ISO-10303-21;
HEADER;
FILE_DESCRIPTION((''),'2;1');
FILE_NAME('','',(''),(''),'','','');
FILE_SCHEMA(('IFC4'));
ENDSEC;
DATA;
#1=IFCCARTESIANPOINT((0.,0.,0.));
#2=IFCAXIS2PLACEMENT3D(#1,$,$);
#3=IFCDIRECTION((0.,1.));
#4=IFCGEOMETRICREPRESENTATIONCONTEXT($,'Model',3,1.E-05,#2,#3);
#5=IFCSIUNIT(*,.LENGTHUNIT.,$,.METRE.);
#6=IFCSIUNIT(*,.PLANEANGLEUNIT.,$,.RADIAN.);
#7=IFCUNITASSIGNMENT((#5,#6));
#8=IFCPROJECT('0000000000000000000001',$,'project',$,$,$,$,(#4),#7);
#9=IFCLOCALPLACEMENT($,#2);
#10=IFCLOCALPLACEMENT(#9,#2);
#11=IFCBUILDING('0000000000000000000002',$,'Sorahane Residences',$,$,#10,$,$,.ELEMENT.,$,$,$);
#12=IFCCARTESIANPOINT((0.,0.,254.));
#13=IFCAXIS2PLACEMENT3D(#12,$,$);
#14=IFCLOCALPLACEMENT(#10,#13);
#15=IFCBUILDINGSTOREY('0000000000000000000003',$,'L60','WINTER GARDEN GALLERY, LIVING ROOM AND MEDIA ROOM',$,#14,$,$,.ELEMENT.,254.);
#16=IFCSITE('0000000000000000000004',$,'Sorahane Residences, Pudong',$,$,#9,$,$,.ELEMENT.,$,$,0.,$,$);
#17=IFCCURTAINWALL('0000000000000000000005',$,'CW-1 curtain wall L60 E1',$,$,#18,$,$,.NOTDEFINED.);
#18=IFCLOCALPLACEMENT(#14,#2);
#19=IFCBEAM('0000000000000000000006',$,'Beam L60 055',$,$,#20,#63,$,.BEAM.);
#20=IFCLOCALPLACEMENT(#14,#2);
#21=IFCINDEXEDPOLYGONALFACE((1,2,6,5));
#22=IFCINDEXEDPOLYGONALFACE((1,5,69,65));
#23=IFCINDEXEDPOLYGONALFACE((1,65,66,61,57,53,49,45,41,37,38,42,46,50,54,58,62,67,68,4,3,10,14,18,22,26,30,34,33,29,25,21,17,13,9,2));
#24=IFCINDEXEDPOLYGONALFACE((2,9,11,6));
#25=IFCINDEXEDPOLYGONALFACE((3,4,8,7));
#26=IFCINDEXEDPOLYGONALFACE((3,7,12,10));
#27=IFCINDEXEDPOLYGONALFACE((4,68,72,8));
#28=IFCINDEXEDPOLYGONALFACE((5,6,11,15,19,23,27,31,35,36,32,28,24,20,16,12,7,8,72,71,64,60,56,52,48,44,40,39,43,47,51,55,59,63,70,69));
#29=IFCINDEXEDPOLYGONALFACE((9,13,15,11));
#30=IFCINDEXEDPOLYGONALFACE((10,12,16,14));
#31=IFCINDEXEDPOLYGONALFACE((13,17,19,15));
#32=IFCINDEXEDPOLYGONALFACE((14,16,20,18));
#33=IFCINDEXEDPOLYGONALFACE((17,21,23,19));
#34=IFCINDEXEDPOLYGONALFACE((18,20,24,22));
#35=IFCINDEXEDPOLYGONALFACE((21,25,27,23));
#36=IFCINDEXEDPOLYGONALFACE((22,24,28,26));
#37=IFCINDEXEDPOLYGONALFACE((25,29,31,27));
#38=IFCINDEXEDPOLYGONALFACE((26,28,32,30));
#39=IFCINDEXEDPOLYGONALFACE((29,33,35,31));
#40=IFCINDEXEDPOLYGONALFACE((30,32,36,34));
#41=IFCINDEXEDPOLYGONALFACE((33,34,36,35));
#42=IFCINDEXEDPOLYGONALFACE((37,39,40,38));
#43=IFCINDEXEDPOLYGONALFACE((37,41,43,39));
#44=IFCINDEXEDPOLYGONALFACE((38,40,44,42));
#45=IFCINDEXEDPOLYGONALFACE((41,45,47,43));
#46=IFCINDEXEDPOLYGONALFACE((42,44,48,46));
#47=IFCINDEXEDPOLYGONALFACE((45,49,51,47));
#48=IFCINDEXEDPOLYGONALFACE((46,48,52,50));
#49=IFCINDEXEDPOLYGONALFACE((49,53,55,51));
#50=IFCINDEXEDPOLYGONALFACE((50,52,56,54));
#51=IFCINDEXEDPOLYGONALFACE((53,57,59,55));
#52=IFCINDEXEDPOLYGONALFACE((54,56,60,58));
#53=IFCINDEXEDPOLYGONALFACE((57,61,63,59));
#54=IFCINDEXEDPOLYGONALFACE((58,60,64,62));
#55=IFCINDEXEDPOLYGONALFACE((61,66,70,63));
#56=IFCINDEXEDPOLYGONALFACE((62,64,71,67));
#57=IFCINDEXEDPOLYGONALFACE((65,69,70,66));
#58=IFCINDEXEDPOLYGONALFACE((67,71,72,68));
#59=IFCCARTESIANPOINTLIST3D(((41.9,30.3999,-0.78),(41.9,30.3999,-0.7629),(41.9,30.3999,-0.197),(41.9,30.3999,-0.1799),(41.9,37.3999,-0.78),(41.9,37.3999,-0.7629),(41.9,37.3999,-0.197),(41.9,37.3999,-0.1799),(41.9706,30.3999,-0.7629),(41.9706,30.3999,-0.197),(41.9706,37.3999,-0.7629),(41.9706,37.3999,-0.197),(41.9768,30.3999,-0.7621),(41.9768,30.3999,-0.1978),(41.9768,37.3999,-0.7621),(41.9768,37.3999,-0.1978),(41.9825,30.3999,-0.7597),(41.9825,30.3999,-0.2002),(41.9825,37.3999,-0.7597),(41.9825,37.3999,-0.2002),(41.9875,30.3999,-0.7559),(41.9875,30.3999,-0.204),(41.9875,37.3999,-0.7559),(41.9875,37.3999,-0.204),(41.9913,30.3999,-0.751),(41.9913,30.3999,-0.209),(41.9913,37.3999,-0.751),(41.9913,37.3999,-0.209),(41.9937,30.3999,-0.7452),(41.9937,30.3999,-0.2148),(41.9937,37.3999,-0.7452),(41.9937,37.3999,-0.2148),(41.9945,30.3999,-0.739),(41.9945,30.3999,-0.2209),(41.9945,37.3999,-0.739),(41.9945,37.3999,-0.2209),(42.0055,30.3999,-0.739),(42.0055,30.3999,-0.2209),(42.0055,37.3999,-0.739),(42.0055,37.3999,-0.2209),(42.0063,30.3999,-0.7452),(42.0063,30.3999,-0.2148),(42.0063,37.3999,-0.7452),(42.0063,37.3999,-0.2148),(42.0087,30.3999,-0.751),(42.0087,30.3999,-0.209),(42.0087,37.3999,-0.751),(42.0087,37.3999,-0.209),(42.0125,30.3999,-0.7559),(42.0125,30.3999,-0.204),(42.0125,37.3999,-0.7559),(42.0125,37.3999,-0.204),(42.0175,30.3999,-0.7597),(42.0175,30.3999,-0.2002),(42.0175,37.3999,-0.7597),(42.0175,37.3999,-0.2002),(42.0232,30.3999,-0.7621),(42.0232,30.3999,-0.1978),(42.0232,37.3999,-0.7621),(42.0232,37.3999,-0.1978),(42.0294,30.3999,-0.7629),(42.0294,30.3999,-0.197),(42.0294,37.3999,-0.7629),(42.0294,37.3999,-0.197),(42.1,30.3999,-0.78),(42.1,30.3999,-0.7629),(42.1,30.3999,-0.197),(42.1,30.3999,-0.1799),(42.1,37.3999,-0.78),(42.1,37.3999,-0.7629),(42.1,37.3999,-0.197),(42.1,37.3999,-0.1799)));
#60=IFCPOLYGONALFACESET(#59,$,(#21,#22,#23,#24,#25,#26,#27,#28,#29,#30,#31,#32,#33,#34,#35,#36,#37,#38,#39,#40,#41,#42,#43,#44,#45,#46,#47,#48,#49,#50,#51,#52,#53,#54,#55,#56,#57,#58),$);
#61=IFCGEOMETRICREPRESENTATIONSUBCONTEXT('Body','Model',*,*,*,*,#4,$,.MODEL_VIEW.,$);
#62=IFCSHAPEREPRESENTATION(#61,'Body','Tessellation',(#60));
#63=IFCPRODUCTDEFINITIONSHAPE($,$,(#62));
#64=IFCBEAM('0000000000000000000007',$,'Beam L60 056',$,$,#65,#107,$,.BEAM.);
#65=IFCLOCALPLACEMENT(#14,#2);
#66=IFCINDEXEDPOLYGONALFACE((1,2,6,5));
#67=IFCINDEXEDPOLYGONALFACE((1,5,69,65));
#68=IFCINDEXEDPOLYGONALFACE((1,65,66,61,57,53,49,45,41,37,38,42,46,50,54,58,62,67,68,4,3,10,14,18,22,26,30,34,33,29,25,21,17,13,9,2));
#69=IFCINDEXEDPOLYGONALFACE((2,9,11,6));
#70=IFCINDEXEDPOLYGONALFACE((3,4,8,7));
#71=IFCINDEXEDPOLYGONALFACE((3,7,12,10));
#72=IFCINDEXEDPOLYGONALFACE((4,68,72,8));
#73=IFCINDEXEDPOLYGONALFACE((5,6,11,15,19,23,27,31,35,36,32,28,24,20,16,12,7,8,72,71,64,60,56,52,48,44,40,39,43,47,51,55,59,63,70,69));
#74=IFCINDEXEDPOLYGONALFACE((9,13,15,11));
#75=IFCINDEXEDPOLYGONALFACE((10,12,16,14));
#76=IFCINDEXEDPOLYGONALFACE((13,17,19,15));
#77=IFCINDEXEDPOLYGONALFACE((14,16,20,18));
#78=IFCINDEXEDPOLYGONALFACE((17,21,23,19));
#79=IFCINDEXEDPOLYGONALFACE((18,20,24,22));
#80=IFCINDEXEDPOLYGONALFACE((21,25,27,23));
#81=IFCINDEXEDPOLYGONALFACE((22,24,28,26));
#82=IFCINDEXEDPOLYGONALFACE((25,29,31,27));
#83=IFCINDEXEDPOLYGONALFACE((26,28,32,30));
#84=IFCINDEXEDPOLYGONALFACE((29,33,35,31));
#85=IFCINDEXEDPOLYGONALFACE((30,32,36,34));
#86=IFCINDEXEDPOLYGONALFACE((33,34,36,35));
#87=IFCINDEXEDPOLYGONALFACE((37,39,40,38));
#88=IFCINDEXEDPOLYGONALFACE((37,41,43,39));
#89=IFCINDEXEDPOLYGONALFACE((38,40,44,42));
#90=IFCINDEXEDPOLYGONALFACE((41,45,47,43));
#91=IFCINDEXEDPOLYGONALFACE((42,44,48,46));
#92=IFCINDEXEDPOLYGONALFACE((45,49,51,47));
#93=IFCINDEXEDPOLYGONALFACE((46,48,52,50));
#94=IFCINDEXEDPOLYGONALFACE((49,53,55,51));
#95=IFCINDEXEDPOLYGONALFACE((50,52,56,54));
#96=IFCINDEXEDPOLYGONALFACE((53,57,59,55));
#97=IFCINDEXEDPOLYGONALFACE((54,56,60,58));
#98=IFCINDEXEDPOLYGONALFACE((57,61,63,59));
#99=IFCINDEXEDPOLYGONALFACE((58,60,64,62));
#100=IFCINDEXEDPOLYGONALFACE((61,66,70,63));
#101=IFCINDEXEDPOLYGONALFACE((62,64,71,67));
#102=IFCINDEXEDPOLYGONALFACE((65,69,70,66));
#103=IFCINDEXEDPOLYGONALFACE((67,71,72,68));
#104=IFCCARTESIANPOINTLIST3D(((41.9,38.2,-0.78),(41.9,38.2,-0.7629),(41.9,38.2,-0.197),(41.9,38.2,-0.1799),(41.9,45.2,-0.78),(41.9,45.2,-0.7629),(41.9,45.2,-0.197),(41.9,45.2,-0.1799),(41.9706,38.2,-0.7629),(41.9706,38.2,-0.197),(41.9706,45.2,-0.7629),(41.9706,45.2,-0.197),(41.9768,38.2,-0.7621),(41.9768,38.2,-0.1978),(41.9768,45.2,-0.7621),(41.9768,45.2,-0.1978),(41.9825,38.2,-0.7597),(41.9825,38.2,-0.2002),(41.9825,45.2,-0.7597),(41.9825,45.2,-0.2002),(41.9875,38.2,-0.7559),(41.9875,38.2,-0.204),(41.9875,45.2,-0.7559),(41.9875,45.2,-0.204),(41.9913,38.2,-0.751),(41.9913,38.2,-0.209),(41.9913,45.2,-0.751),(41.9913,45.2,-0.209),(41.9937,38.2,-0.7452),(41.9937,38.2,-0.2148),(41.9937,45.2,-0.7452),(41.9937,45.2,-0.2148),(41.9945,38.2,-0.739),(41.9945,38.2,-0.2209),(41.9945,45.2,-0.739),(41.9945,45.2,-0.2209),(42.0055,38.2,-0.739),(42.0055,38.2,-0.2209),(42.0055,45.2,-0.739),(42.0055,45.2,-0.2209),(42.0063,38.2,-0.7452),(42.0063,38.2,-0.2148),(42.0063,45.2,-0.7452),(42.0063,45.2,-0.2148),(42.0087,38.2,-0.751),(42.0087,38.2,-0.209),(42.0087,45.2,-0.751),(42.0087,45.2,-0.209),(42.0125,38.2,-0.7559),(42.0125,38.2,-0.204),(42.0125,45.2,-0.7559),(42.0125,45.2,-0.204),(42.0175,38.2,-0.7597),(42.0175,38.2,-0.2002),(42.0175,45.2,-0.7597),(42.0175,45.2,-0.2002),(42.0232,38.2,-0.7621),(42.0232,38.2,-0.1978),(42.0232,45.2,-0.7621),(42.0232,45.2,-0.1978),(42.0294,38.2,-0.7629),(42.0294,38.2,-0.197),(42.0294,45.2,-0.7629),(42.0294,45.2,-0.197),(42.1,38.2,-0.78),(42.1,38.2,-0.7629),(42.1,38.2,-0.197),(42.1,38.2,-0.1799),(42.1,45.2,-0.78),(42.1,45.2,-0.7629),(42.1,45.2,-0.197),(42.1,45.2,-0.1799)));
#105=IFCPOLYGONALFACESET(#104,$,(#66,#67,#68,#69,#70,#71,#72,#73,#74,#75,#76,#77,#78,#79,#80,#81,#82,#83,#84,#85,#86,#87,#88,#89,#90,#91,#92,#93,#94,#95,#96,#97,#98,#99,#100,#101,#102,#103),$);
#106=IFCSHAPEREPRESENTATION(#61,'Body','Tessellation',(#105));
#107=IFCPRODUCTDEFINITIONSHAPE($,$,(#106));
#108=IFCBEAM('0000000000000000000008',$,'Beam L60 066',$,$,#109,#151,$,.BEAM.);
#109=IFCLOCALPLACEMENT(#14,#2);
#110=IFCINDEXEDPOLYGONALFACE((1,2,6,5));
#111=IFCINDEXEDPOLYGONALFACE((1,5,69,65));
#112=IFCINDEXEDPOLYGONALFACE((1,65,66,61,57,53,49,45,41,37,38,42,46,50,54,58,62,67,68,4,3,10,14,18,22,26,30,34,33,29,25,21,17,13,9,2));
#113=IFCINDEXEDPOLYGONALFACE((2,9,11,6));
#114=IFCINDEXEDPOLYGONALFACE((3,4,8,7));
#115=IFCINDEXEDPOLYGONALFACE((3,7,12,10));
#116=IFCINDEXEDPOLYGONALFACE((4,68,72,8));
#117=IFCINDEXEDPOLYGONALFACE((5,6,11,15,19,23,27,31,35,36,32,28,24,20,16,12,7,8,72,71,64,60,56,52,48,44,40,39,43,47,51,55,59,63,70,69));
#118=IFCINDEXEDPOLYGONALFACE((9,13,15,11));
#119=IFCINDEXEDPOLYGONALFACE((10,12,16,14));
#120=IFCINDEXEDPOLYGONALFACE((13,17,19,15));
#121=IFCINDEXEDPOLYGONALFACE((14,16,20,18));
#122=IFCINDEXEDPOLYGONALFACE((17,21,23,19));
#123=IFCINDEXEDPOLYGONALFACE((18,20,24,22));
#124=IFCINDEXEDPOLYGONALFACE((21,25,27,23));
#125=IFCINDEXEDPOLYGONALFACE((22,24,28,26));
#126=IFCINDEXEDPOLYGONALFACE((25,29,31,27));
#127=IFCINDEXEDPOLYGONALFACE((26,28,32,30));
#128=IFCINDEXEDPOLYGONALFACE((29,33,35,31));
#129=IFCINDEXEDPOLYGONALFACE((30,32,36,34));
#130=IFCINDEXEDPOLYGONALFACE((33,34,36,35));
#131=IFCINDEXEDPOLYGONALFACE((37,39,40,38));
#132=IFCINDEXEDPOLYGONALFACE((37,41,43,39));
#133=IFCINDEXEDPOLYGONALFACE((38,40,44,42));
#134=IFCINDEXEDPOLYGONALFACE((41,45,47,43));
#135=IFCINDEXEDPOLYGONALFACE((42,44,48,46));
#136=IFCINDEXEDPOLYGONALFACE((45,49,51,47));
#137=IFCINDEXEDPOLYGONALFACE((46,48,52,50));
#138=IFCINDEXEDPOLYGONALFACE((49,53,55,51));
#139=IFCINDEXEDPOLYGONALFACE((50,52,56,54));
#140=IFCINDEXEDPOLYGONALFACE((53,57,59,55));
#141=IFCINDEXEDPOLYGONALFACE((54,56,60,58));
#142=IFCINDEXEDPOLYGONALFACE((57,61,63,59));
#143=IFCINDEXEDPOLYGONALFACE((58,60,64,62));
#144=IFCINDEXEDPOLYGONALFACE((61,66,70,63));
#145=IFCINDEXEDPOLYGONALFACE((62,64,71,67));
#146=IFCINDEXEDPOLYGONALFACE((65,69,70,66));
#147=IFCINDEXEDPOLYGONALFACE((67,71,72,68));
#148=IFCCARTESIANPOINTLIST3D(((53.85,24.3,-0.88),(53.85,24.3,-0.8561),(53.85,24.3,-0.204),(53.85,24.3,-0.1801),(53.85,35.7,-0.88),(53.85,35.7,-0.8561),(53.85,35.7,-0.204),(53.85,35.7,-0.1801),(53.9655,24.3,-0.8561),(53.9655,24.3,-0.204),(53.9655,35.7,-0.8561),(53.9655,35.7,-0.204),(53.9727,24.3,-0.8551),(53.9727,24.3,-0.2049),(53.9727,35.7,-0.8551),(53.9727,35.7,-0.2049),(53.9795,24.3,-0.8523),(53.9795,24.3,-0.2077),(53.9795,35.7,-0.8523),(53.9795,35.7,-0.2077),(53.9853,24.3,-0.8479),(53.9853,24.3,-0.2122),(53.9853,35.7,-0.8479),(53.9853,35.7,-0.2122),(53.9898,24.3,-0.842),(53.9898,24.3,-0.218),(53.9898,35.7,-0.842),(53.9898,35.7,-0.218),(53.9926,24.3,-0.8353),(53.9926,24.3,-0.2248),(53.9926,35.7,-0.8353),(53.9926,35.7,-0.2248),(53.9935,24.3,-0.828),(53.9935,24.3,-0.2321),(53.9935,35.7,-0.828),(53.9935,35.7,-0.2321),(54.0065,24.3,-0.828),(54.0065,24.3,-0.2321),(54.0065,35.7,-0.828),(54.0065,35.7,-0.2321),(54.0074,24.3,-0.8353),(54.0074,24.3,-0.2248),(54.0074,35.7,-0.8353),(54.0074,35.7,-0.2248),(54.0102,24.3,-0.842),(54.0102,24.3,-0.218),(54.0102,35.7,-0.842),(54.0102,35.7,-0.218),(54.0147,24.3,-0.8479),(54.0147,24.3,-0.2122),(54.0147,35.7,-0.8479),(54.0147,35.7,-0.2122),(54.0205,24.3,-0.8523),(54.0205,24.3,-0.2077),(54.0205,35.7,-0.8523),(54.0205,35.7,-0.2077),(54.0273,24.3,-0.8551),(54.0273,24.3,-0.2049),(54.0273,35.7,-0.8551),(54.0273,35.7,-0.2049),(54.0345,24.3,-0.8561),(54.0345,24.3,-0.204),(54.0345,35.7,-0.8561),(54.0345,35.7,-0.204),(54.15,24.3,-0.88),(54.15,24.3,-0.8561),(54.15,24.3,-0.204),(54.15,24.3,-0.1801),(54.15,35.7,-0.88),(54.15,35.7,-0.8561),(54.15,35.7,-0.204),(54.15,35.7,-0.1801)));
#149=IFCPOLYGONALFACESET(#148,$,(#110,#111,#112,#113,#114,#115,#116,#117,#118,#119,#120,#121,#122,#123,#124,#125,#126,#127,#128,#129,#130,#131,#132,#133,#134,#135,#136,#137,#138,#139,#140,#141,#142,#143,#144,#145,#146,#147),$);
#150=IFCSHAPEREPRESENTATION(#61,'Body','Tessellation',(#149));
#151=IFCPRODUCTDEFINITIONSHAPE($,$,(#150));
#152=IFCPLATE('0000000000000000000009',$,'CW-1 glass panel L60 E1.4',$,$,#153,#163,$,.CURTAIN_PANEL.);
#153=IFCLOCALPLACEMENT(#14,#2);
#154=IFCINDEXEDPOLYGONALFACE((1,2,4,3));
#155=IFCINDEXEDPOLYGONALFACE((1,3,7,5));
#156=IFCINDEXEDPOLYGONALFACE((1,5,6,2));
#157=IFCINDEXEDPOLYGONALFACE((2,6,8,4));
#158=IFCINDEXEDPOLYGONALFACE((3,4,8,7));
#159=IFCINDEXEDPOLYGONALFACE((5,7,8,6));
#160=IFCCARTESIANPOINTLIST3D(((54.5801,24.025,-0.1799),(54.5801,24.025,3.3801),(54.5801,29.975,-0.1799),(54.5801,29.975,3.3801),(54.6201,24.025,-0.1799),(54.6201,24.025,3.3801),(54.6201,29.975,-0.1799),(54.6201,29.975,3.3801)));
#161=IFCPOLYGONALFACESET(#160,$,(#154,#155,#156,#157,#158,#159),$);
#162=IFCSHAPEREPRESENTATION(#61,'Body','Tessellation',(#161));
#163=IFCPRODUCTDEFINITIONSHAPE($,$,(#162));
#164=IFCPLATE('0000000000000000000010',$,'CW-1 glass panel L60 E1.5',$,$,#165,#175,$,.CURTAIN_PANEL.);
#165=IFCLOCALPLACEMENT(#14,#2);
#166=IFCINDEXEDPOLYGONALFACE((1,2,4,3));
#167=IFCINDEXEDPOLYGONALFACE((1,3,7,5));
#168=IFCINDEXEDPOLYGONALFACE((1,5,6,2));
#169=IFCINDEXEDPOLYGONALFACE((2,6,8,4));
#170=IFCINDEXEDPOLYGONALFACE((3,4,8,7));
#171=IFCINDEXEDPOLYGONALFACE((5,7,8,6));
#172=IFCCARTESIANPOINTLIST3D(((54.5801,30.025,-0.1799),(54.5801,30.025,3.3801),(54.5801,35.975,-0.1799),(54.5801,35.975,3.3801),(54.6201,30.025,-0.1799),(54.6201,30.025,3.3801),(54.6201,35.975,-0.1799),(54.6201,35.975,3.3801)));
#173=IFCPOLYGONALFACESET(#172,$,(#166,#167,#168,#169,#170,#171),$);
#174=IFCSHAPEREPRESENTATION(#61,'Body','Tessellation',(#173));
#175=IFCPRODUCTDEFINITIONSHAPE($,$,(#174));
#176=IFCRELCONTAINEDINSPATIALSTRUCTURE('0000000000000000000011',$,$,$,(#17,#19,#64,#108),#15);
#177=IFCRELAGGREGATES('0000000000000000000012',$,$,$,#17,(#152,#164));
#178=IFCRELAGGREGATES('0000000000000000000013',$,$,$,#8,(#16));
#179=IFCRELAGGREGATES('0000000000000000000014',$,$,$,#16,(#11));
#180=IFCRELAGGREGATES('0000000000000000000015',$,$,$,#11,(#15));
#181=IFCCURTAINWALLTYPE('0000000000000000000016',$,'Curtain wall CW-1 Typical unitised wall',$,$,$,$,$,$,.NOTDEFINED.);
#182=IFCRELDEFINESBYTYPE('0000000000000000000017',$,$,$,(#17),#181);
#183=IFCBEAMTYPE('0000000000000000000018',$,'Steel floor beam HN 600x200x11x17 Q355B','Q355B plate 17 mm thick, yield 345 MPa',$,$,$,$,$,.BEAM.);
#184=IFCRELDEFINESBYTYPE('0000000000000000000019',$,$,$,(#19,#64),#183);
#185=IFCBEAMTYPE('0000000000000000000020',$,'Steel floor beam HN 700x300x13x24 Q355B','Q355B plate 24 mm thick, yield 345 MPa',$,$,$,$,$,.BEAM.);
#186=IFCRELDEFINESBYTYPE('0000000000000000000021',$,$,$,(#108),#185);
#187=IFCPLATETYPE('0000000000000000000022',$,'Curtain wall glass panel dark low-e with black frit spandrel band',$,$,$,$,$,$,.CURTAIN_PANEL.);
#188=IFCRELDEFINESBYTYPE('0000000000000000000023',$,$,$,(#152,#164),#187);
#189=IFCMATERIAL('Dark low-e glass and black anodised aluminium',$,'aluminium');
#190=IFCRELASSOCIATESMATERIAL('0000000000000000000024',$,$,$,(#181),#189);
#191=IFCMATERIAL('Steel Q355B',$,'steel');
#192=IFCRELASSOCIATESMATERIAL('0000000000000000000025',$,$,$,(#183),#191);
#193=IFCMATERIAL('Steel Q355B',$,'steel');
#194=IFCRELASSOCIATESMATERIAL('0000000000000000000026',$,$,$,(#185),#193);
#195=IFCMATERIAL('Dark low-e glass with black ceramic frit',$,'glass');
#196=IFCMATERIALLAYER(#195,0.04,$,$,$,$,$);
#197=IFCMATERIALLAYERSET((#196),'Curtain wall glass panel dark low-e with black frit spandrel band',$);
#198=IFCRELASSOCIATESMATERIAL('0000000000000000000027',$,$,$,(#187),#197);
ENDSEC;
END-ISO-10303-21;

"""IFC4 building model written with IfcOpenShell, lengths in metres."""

from ifc_helpers import new_model, si_unit, direction, frame, origin, origin_2d, place, context, subcontext, project, spatial, rectangle, i_section, extrude, material, layer, layer_set, material_profile, profile_set, type_object, element, aggregate, save


model = new_model("IFC4")

# Units and contexts
model_context = context("Model", 3, precision=1e-05, world=origin(), true_north=direction((0.0, 1.0)))
body_context = subcontext(model_context, "Body", "Model", "MODEL_VIEW")
ifc_project = project(units=[si_unit("LENGTHUNIT", "METRE"), si_unit("PLANEANGLEUNIT", "RADIAN")], contexts=[model_context])

# Site, building, storey
site_placement = place(None, origin())
site = spatial("IfcSite", under=ifc_project, at=site_placement, Name="Sorahane Residences, Pudong", CompositionType="ELEMENT", RefElevation=0.0)
building_placement = place(site_placement, origin())
building = spatial("IfcBuilding", under=site, at=building_placement, Name="Sorahane Residences", CompositionType="ELEMENT")
storey_placement = place(building_placement, frame((0.0, 0.0, 254.0)))
storey = spatial("IfcBuildingStorey", under=building, at=storey_placement, Name="L60", Description="WINTER GARDEN GALLERY, LIVING ROOM AND MEDIA ROOM", CompositionType="ELEMENT", Elevation=254.0)

# Curtain wall
ifc_material_1 = material(Name="Dark low-e glass and black anodised aluminium", Category="aluminium")
curtain_wall_type = type_object("IfcCurtainWallType", Name="Curtain wall CW-1 Typical unitised wall", PredefinedType="NOTDEFINED", material=ifc_material_1)
curtain_wall_placement = place(storey_placement, origin())
curtain_wall = element("IfcCurtainWall", 1, at=curtain_wall_placement, inside=storey, type_object=curtain_wall_type, Name="CW-1 curtain wall L60 E1", PredefinedType="NOTDEFINED")

# Beams
ifc_material_2 = material(Name="Steel Q355B", Category="steel")
ifc_material_profile_1 = material_profile(ifc_material_2, i_section(OverallWidth=0.2, OverallDepth=0.6001, WebThickness=0.011, FlangeThickness=0.0171, FilletRadius=0.0239, at=origin_2d()), Name="HN 600x200x11x17")
ifc_profile_set_1 = profile_set([ifc_material_profile_1], Name="Steel Q355B")
beam_type_1 = type_object("IfcBeamType", Name="Steel floor beam HN 600x200x11x17 Q355B", Description="Q355B plate 17 mm thick, yield 345 MPa", PredefinedType="BEAM", material=ifc_profile_set_1)
for number, where, z_axis, x_axis, name in (
    (2, (42.0, 30.3999, -0.48), (0.0, 1.0, 0.0), (-1.0, 0.0, 0.0), "Beam L60 055"),
    (3, (42.0, 38.2, -0.48), (0.0, 1.0, 0.0), (-1.0, 0.0, 0.0), "Beam L60 056"),
):
    element("IfcBeam", number, at=place(storey_placement, frame(where, z_axis=z_axis, x_axis=x_axis)), inside=storey, type_object=beam_type_1, Name=name, PredefinedType="BEAM", context=body_context, shape_type="SweptSolid", body=[
        extrude(i_section(OverallWidth=0.2, OverallDepth=0.6001, WebThickness=0.011, FlangeThickness=0.0171, FilletRadius=0.0239, at=origin_2d()), origin(), (0.0, 0.0, 1.0), 7.0),
    ])
ifc_material_3 = material(Name="Steel Q355B", Category="steel")
ifc_material_profile_2 = material_profile(ifc_material_3, i_section(OverallWidth=0.3, OverallDepth=0.7, WebThickness=0.0129, FlangeThickness=0.0239, FilletRadius=0.0281, at=origin_2d()), Name="HN 700x300x13x24")
ifc_profile_set_2 = profile_set([ifc_material_profile_2], Name="Steel Q355B")
beam_type_2 = type_object("IfcBeamType", Name="Steel floor beam HN 700x300x13x24 Q355B", Description="Q355B plate 24 mm thick, yield 345 MPa", PredefinedType="BEAM", material=ifc_profile_set_2)
beam_1_placement = place(storey_placement, frame((54.0, 24.3, -0.53), z_axis=(0.0, 1.0, 0.0), x_axis=(-1.0, 0.0, 0.0)))
element("IfcBeam", 4, at=beam_1_placement, inside=storey, type_object=beam_type_2, Name="Beam L60 066", PredefinedType="BEAM", context=body_context, shape_type="SweptSolid", body=[
    extrude(i_section(OverallWidth=0.3, OverallDepth=0.7, WebThickness=0.0129, FlangeThickness=0.0239, FilletRadius=0.0281, at=origin_2d()), origin(), (0.0, 0.0, 1.0), 11.3999),
])

# Plates
ifc_material_4 = material(Name="Dark low-e glass with black ceramic frit", Category="glass")
ifc_layer_1 = layer(ifc_material_4, 0.04)
ifc_layer_set_1 = layer_set([ifc_layer_1], Name="Curtain wall glass panel dark low-e with black frit spandrel band")
plate_type = type_object("IfcPlateType", Name="Curtain wall glass panel dark low-e with black frit spandrel band", PredefinedType="CURTAIN_PANEL", material=ifc_layer_set_1)
plate_1_placement = place(storey_placement, frame((54.6001, 27.0, -0.1799), z_axis=(0.0, 0.0, 1.0), x_axis=(0.0, 1.0, 0.0)))
plate_1 = element("IfcPlate", 5, at=plate_1_placement, type_object=plate_type, Name="CW-1 glass panel L60 E1.4", PredefinedType="CURTAIN_PANEL", context=body_context, shape_type="SweptSolid", body=[
    extrude(rectangle(XDim=5.95, YDim=0.04, at=origin_2d()), origin(), (0.0, 0.0, 1.0), 3.5601),
])
plate_2_placement = place(storey_placement, frame((54.6001, 33.0, -0.1799), z_axis=(0.0, 0.0, 1.0), x_axis=(0.0, 1.0, 0.0)))
plate_2 = element("IfcPlate", 6, at=plate_2_placement, type_object=plate_type, Name="CW-1 glass panel L60 E1.5", PredefinedType="CURTAIN_PANEL", context=body_context, shape_type="SweptSolid", body=[
    extrude(rectangle(XDim=5.95, YDim=0.04, at=origin_2d()), origin(), (0.0, 0.0, 1.0), 3.5601),
])
aggregate(curtain_wall, [plate_1, plate_2])

save(model, "model.ifc")
